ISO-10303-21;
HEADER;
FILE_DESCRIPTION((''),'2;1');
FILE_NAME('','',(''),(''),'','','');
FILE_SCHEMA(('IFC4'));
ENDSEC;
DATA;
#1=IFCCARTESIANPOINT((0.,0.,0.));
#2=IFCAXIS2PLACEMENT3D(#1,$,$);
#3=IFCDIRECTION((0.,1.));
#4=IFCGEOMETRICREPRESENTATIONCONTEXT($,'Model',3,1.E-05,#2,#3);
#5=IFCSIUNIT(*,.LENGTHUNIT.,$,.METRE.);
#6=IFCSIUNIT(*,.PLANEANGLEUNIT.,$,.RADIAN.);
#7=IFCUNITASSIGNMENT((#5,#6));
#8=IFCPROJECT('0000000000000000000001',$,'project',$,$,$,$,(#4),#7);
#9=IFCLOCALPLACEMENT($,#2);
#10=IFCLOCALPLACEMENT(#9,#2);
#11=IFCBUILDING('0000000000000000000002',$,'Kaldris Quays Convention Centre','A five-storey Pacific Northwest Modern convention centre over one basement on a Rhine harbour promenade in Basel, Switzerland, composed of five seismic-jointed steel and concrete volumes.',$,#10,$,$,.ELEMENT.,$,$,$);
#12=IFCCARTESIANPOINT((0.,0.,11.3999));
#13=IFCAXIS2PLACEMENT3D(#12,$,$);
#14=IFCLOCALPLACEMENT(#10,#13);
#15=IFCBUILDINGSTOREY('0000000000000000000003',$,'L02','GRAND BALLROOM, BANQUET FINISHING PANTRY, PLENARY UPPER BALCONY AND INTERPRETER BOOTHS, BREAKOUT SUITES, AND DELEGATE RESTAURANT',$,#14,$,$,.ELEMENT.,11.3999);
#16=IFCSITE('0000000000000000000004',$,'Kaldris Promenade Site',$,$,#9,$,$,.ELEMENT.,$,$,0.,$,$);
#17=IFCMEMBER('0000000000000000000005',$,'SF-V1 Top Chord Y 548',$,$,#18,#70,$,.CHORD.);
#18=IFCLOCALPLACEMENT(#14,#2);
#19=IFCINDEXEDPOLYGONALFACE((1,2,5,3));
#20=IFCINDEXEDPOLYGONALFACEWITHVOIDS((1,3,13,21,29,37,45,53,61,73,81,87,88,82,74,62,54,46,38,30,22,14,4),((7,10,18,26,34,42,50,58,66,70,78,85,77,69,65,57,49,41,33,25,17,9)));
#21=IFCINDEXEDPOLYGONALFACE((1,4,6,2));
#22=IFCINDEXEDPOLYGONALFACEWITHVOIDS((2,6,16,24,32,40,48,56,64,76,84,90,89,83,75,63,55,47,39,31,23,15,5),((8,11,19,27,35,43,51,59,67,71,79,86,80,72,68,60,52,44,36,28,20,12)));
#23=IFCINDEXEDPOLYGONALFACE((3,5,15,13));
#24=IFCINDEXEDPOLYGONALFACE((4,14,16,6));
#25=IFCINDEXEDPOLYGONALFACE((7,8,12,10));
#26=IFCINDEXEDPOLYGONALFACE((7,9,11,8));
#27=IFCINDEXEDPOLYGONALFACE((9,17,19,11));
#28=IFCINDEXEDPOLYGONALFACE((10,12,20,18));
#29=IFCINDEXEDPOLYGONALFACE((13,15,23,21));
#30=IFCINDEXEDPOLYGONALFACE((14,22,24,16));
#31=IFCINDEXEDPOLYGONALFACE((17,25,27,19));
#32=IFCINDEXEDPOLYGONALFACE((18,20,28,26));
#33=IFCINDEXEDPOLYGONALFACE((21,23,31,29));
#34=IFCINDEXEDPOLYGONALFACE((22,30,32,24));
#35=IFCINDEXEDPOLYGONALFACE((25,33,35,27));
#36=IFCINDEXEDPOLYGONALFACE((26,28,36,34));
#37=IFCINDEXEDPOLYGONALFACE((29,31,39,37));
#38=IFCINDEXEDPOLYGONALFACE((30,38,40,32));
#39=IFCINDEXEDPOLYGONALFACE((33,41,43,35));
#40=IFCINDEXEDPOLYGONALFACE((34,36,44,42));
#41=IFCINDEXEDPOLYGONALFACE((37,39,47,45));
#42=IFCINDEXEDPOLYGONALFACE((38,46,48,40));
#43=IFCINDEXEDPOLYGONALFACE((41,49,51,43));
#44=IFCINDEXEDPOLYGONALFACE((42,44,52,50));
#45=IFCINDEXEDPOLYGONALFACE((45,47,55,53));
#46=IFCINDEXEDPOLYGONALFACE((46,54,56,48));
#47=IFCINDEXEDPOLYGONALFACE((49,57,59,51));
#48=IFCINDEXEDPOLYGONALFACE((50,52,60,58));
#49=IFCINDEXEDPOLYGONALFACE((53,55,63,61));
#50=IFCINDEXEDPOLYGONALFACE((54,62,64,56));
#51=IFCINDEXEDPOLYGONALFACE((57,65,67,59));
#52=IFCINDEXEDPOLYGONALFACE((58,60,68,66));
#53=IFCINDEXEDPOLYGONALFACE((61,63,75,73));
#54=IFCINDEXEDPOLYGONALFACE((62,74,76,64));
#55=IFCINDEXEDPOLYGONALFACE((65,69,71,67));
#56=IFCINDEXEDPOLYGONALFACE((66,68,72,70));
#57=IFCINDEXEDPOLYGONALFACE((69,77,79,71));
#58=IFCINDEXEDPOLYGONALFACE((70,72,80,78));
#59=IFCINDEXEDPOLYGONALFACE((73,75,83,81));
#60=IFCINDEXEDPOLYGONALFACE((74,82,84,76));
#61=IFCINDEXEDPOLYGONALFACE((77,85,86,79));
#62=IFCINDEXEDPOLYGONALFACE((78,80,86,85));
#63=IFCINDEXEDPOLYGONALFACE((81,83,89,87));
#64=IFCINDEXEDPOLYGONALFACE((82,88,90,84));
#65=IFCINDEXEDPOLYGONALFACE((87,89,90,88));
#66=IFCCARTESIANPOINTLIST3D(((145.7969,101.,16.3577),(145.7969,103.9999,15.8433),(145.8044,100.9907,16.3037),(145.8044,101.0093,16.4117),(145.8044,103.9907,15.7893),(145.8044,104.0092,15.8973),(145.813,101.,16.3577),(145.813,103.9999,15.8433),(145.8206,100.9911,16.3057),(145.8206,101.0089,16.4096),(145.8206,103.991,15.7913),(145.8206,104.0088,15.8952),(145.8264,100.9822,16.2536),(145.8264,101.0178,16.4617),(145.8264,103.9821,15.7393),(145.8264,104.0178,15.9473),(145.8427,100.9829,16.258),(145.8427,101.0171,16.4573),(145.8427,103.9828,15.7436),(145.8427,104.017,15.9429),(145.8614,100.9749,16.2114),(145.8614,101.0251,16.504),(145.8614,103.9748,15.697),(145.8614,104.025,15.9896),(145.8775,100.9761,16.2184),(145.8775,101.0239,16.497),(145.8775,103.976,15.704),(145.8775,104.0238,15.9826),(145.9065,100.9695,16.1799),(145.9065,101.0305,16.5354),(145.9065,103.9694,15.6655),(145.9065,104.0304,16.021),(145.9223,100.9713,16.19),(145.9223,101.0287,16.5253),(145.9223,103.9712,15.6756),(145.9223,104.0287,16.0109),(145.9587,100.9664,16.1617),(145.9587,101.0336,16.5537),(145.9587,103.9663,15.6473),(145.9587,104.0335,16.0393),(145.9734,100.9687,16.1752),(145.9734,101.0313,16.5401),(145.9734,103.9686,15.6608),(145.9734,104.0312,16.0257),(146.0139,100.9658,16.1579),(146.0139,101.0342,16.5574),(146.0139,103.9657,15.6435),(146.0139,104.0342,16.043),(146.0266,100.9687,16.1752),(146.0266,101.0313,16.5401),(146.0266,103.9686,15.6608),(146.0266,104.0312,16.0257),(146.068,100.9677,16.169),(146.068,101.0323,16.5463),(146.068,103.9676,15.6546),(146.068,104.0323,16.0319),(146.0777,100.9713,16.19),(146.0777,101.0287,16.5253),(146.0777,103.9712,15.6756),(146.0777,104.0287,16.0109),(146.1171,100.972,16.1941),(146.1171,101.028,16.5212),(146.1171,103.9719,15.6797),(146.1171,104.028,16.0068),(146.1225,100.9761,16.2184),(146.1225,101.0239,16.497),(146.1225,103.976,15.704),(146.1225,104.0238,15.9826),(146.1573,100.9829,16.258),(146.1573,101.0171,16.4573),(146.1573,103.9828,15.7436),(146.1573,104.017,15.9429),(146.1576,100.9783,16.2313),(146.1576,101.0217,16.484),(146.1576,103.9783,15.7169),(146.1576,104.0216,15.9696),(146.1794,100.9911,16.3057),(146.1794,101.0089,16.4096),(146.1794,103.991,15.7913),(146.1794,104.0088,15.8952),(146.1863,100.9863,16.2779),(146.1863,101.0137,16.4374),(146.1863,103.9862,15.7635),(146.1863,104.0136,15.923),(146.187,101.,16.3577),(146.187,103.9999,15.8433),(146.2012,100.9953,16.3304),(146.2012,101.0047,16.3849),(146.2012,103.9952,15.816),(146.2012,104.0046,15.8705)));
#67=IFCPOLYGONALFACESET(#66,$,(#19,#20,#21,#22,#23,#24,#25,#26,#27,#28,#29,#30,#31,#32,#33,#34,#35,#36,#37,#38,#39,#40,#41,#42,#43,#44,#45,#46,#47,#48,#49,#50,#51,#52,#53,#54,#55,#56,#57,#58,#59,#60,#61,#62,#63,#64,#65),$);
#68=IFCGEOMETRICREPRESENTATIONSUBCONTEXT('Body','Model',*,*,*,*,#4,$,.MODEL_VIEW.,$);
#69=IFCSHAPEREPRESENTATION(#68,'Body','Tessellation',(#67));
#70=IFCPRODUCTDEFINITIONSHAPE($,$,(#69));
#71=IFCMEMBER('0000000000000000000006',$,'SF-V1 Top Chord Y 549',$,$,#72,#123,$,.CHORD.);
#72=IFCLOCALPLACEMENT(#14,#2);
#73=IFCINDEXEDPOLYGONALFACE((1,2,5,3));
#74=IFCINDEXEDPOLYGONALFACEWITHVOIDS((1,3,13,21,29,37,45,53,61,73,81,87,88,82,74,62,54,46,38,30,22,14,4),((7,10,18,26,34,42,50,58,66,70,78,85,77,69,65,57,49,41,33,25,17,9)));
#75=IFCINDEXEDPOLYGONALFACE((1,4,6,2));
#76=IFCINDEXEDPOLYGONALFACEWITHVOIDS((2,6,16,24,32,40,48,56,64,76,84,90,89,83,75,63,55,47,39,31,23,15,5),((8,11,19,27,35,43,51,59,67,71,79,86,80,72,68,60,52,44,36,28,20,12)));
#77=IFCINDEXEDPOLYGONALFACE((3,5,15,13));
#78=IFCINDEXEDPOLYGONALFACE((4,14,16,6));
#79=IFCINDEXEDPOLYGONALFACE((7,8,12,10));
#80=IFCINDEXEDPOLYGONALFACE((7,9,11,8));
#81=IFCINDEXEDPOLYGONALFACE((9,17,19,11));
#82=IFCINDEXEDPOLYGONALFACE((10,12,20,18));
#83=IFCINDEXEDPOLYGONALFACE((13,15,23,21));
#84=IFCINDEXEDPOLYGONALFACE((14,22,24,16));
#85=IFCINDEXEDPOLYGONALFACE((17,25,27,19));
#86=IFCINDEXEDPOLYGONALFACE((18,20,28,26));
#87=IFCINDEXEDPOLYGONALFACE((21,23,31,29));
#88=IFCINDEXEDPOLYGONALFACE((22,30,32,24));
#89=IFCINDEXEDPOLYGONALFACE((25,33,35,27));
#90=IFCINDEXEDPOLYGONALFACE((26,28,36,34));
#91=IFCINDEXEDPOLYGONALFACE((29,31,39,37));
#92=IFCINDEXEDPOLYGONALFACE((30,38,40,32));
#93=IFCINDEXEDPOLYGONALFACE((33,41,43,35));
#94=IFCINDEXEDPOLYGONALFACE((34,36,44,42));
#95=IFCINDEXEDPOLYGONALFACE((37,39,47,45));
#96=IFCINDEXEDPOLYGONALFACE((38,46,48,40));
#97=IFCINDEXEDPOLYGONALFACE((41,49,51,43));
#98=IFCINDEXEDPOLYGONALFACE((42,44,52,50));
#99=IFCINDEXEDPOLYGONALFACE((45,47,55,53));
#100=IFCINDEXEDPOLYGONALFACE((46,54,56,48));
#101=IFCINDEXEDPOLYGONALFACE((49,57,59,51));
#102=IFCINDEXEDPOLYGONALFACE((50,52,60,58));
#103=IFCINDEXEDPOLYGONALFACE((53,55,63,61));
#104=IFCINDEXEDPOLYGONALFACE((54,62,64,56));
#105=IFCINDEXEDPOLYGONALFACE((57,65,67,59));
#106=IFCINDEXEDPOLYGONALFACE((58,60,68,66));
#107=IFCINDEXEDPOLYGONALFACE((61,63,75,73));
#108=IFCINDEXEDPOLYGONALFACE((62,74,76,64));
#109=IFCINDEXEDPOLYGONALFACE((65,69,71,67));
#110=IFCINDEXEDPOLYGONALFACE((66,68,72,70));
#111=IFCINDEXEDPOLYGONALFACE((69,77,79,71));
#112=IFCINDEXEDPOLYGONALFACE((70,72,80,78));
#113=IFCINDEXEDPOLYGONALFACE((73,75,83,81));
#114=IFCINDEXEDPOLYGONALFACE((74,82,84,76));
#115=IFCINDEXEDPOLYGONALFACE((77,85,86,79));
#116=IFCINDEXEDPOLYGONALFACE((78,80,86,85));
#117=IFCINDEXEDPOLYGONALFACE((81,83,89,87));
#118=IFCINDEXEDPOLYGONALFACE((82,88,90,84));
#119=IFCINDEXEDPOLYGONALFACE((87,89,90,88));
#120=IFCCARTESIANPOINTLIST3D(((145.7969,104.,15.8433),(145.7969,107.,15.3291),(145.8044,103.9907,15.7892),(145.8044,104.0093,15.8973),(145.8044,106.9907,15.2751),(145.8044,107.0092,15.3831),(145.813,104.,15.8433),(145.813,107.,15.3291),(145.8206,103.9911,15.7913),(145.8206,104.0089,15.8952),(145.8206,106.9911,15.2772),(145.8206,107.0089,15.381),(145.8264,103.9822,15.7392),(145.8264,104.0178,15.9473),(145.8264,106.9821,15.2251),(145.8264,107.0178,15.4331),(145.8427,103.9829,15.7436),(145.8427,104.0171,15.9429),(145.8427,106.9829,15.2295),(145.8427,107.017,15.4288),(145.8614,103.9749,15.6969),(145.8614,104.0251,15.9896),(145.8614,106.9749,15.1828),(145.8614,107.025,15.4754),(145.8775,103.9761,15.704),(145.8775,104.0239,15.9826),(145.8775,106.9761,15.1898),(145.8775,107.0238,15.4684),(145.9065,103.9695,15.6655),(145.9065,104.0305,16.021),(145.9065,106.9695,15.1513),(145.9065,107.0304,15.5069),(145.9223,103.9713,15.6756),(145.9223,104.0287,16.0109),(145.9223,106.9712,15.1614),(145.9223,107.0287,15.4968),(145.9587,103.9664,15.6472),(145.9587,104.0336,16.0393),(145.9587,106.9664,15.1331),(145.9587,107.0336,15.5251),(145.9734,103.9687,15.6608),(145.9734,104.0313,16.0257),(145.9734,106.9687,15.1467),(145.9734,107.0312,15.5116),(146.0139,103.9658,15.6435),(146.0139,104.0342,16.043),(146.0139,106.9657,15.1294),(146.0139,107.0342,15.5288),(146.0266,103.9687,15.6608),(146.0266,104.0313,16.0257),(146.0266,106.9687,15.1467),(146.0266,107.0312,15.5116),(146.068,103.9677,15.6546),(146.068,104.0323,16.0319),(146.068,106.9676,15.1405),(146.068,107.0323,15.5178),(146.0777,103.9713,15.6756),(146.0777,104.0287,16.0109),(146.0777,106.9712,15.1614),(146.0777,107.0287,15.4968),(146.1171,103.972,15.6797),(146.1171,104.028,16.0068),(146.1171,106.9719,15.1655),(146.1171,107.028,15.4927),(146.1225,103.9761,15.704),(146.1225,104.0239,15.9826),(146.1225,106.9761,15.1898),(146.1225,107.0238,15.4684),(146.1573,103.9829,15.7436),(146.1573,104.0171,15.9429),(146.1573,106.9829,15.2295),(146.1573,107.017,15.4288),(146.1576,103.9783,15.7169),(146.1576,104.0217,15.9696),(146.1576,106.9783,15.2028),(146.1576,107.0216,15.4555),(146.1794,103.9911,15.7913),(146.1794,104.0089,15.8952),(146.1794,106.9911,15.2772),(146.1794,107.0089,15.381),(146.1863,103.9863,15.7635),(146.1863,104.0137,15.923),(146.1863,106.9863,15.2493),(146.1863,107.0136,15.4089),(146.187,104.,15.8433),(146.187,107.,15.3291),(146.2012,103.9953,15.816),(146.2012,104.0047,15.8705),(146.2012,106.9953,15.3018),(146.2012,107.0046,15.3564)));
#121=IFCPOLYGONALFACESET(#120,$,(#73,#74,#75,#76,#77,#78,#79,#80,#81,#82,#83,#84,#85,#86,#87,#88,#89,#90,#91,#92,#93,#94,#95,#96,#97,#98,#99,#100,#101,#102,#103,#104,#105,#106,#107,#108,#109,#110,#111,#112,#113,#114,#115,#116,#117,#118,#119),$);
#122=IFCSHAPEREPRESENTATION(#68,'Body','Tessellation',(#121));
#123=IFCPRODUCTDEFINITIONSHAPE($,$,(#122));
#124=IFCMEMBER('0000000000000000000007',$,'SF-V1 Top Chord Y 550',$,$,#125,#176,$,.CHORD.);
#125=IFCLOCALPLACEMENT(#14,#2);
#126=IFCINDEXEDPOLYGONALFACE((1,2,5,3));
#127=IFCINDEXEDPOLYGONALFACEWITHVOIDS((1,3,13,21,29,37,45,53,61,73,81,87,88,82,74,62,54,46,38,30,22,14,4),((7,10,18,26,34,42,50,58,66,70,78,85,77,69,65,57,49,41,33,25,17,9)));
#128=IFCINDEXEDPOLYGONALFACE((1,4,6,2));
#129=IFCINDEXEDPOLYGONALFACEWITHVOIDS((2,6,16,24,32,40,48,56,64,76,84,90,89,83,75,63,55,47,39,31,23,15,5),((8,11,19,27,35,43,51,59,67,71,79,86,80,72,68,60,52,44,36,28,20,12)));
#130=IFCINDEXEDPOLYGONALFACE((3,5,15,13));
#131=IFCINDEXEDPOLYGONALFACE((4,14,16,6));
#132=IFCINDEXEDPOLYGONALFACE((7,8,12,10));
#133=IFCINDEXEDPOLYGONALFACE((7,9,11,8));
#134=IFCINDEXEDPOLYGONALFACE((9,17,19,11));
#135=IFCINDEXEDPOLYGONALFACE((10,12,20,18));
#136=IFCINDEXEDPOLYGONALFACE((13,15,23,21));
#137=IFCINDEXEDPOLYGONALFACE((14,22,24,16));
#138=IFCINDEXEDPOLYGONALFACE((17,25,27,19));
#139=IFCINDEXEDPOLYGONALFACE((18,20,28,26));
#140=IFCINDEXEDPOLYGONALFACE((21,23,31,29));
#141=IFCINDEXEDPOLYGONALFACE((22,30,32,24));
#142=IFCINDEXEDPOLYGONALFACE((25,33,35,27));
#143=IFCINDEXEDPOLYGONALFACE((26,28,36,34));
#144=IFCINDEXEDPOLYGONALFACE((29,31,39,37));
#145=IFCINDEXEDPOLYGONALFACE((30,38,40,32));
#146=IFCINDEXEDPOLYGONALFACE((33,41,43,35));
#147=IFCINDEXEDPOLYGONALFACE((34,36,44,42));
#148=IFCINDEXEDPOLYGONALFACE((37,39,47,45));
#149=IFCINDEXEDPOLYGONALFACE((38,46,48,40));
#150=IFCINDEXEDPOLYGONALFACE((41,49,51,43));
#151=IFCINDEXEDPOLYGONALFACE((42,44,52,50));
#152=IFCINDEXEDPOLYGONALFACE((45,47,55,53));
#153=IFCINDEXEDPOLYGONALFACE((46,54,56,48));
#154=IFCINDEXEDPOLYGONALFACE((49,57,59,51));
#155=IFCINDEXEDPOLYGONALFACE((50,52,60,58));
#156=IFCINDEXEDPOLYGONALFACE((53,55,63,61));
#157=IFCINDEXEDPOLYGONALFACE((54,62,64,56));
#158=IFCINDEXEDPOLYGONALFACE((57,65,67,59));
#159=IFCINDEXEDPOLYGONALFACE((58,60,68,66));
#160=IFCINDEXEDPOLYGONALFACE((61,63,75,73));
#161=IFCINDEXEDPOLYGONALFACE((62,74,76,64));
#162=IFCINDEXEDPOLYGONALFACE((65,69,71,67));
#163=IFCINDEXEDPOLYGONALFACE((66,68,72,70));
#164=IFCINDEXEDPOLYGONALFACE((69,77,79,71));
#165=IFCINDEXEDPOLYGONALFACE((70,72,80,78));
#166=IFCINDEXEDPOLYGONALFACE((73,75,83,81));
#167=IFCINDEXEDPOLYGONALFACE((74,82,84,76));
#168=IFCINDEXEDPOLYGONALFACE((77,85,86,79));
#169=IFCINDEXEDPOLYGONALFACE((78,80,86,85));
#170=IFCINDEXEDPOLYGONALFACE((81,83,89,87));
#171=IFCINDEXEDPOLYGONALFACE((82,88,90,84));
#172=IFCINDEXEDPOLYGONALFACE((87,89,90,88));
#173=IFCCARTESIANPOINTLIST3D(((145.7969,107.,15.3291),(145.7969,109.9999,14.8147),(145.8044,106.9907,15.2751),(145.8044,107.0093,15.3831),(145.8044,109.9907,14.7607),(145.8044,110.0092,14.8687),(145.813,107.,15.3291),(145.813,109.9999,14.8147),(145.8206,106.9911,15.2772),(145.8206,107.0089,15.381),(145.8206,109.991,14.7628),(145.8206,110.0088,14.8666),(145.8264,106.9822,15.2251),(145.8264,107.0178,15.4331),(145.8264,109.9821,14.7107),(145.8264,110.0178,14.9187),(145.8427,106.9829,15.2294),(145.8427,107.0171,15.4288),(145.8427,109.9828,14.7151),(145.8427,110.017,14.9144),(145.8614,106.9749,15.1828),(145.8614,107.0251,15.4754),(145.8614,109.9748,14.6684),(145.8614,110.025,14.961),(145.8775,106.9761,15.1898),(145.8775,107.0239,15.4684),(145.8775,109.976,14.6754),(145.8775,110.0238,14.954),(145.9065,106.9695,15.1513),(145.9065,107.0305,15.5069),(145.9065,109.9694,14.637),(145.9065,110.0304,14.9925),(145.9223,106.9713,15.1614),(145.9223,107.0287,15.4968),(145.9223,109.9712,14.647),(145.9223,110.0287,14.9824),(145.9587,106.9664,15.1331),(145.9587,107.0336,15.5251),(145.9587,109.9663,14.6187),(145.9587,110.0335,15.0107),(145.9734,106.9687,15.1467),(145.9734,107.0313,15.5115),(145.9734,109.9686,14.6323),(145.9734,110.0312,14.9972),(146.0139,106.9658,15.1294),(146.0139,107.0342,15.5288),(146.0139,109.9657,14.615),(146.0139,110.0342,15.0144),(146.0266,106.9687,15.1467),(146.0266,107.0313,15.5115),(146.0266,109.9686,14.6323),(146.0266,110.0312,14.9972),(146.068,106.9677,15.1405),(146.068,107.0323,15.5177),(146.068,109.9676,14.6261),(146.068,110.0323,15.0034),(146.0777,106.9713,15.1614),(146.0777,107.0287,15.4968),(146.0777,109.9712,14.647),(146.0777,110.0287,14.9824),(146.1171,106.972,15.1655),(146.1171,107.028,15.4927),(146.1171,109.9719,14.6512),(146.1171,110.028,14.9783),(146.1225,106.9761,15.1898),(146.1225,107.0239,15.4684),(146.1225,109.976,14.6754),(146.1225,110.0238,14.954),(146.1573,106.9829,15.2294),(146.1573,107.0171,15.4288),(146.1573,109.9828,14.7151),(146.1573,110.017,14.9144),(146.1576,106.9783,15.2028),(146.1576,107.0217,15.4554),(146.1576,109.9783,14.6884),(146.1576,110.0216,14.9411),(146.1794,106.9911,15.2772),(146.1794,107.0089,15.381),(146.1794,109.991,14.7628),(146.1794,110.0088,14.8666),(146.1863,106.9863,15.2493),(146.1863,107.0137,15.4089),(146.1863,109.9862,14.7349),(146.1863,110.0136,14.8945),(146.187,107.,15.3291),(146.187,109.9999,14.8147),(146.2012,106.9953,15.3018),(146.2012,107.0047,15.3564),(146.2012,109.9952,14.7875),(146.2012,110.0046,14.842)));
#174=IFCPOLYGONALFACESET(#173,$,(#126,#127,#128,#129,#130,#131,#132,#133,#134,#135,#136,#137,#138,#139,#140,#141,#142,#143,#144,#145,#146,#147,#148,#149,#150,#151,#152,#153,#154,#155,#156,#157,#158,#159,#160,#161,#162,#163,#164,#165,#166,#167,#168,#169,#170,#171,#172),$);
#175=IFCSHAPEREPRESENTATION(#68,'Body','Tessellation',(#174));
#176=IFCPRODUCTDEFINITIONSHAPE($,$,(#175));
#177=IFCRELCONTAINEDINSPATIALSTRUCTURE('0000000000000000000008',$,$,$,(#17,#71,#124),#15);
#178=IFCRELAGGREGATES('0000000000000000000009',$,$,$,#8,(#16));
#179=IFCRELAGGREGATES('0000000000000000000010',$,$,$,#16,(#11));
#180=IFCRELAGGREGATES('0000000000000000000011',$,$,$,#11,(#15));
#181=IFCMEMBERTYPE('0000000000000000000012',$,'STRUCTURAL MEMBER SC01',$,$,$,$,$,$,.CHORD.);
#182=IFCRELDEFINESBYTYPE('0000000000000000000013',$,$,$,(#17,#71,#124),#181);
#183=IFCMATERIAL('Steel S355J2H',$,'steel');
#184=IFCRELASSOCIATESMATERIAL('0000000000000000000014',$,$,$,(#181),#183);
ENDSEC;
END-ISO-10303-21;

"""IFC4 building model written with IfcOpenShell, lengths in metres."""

from ifc_helpers import new_model, si_unit, direction, frame, origin, origin_2d, place, context, subcontext, project, spatial, hollow_circle, extrude, material, material_profile, profile_set, type_object, element, save


model = new_model("IFC4")

# Units and contexts
model_context = context("Model", 3, precision=1e-05, world=origin(), true_north=direction((0.0, 1.0)))
body_context = subcontext(model_context, "Body", "Model", "MODEL_VIEW")
ifc_project = project(units=[si_unit("LENGTHUNIT", "METRE"), si_unit("PLANEANGLEUNIT", "RADIAN")], contexts=[model_context])

# Site, building, storey
site_placement = place(None, origin())
site = spatial("IfcSite", under=ifc_project, at=site_placement, Name="Kaldris Promenade Site", CompositionType="ELEMENT", RefElevation=0.0)
building_placement = place(site_placement, origin())
building = spatial("IfcBuilding", under=site, at=building_placement, Name="Kaldris Quays Convention Centre", Description="A five-storey Pacific Northwest Modern convention centre over one basement on a Rhine harbour promenade in Basel, Switzerland, composed of five seismic-jointed steel and concrete volumes.", CompositionType="ELEMENT")
storey_placement = place(building_placement, frame((0.0, 0.0, 11.3999)))
storey = spatial("IfcBuildingStorey", under=building, at=storey_placement, Name="L02", Description="GRAND BALLROOM, BANQUET FINISHING PANTRY, PLENARY UPPER BALCONY AND INTERPRETER BOOTHS, BREAKOUT SUITES, AND DELEGATE RESTAURANT", CompositionType="ELEMENT", Elevation=11.3999)

# Members
ifc_material_1 = material(Name="Steel S355J2H", Category="steel")
ifc_material_profile_1 = material_profile(ifc_material_1, hollow_circle(Radius=0.2031, WallThickness=0.0161, at=origin_2d()), Name="CHS 406.4x16")
ifc_profile_set_1 = profile_set([ifc_material_profile_1], Name="Steel S355J2H")
member_type_1 = type_object("IfcMemberType", Name="STRUCTURAL MEMBER SC01", PredefinedType="CHORD", material=ifc_profile_set_1)
for number, where, z_axis, x_axis, name in (
    (1, (146.0, 101.0, 16.3577), (0.0, 0.985616, -0.169002), (-1.0, 0.0, 0.0), "SF-V1 Top Chord Y 548"),
    (2, (146.0, 104.0, 15.8433), (0.0, 0.985629, -0.168924), (-1.0, 0.0, 0.0), "SF-V1 Top Chord Y 549"),
    (3, (146.0, 107.0, 15.3291), (0.0, 0.985616, -0.169002), (-1.0, 0.0, 0.0), "SF-V1 Top Chord Y 550"),
):
    element("IfcMember", number, at=place(storey_placement, frame(where, z_axis=z_axis, x_axis=x_axis)), inside=storey, type_object=member_type_1, Name=name, PredefinedType="CHORD", context=body_context, shape_type="SweptSolid", body=[
        extrude(hollow_circle(Radius=0.2031, WallThickness=0.0161, at=origin_2d()), origin(), (0.0, 0.0, 1.0), 3.0437),
    ])

save(model, "model.ifc")
